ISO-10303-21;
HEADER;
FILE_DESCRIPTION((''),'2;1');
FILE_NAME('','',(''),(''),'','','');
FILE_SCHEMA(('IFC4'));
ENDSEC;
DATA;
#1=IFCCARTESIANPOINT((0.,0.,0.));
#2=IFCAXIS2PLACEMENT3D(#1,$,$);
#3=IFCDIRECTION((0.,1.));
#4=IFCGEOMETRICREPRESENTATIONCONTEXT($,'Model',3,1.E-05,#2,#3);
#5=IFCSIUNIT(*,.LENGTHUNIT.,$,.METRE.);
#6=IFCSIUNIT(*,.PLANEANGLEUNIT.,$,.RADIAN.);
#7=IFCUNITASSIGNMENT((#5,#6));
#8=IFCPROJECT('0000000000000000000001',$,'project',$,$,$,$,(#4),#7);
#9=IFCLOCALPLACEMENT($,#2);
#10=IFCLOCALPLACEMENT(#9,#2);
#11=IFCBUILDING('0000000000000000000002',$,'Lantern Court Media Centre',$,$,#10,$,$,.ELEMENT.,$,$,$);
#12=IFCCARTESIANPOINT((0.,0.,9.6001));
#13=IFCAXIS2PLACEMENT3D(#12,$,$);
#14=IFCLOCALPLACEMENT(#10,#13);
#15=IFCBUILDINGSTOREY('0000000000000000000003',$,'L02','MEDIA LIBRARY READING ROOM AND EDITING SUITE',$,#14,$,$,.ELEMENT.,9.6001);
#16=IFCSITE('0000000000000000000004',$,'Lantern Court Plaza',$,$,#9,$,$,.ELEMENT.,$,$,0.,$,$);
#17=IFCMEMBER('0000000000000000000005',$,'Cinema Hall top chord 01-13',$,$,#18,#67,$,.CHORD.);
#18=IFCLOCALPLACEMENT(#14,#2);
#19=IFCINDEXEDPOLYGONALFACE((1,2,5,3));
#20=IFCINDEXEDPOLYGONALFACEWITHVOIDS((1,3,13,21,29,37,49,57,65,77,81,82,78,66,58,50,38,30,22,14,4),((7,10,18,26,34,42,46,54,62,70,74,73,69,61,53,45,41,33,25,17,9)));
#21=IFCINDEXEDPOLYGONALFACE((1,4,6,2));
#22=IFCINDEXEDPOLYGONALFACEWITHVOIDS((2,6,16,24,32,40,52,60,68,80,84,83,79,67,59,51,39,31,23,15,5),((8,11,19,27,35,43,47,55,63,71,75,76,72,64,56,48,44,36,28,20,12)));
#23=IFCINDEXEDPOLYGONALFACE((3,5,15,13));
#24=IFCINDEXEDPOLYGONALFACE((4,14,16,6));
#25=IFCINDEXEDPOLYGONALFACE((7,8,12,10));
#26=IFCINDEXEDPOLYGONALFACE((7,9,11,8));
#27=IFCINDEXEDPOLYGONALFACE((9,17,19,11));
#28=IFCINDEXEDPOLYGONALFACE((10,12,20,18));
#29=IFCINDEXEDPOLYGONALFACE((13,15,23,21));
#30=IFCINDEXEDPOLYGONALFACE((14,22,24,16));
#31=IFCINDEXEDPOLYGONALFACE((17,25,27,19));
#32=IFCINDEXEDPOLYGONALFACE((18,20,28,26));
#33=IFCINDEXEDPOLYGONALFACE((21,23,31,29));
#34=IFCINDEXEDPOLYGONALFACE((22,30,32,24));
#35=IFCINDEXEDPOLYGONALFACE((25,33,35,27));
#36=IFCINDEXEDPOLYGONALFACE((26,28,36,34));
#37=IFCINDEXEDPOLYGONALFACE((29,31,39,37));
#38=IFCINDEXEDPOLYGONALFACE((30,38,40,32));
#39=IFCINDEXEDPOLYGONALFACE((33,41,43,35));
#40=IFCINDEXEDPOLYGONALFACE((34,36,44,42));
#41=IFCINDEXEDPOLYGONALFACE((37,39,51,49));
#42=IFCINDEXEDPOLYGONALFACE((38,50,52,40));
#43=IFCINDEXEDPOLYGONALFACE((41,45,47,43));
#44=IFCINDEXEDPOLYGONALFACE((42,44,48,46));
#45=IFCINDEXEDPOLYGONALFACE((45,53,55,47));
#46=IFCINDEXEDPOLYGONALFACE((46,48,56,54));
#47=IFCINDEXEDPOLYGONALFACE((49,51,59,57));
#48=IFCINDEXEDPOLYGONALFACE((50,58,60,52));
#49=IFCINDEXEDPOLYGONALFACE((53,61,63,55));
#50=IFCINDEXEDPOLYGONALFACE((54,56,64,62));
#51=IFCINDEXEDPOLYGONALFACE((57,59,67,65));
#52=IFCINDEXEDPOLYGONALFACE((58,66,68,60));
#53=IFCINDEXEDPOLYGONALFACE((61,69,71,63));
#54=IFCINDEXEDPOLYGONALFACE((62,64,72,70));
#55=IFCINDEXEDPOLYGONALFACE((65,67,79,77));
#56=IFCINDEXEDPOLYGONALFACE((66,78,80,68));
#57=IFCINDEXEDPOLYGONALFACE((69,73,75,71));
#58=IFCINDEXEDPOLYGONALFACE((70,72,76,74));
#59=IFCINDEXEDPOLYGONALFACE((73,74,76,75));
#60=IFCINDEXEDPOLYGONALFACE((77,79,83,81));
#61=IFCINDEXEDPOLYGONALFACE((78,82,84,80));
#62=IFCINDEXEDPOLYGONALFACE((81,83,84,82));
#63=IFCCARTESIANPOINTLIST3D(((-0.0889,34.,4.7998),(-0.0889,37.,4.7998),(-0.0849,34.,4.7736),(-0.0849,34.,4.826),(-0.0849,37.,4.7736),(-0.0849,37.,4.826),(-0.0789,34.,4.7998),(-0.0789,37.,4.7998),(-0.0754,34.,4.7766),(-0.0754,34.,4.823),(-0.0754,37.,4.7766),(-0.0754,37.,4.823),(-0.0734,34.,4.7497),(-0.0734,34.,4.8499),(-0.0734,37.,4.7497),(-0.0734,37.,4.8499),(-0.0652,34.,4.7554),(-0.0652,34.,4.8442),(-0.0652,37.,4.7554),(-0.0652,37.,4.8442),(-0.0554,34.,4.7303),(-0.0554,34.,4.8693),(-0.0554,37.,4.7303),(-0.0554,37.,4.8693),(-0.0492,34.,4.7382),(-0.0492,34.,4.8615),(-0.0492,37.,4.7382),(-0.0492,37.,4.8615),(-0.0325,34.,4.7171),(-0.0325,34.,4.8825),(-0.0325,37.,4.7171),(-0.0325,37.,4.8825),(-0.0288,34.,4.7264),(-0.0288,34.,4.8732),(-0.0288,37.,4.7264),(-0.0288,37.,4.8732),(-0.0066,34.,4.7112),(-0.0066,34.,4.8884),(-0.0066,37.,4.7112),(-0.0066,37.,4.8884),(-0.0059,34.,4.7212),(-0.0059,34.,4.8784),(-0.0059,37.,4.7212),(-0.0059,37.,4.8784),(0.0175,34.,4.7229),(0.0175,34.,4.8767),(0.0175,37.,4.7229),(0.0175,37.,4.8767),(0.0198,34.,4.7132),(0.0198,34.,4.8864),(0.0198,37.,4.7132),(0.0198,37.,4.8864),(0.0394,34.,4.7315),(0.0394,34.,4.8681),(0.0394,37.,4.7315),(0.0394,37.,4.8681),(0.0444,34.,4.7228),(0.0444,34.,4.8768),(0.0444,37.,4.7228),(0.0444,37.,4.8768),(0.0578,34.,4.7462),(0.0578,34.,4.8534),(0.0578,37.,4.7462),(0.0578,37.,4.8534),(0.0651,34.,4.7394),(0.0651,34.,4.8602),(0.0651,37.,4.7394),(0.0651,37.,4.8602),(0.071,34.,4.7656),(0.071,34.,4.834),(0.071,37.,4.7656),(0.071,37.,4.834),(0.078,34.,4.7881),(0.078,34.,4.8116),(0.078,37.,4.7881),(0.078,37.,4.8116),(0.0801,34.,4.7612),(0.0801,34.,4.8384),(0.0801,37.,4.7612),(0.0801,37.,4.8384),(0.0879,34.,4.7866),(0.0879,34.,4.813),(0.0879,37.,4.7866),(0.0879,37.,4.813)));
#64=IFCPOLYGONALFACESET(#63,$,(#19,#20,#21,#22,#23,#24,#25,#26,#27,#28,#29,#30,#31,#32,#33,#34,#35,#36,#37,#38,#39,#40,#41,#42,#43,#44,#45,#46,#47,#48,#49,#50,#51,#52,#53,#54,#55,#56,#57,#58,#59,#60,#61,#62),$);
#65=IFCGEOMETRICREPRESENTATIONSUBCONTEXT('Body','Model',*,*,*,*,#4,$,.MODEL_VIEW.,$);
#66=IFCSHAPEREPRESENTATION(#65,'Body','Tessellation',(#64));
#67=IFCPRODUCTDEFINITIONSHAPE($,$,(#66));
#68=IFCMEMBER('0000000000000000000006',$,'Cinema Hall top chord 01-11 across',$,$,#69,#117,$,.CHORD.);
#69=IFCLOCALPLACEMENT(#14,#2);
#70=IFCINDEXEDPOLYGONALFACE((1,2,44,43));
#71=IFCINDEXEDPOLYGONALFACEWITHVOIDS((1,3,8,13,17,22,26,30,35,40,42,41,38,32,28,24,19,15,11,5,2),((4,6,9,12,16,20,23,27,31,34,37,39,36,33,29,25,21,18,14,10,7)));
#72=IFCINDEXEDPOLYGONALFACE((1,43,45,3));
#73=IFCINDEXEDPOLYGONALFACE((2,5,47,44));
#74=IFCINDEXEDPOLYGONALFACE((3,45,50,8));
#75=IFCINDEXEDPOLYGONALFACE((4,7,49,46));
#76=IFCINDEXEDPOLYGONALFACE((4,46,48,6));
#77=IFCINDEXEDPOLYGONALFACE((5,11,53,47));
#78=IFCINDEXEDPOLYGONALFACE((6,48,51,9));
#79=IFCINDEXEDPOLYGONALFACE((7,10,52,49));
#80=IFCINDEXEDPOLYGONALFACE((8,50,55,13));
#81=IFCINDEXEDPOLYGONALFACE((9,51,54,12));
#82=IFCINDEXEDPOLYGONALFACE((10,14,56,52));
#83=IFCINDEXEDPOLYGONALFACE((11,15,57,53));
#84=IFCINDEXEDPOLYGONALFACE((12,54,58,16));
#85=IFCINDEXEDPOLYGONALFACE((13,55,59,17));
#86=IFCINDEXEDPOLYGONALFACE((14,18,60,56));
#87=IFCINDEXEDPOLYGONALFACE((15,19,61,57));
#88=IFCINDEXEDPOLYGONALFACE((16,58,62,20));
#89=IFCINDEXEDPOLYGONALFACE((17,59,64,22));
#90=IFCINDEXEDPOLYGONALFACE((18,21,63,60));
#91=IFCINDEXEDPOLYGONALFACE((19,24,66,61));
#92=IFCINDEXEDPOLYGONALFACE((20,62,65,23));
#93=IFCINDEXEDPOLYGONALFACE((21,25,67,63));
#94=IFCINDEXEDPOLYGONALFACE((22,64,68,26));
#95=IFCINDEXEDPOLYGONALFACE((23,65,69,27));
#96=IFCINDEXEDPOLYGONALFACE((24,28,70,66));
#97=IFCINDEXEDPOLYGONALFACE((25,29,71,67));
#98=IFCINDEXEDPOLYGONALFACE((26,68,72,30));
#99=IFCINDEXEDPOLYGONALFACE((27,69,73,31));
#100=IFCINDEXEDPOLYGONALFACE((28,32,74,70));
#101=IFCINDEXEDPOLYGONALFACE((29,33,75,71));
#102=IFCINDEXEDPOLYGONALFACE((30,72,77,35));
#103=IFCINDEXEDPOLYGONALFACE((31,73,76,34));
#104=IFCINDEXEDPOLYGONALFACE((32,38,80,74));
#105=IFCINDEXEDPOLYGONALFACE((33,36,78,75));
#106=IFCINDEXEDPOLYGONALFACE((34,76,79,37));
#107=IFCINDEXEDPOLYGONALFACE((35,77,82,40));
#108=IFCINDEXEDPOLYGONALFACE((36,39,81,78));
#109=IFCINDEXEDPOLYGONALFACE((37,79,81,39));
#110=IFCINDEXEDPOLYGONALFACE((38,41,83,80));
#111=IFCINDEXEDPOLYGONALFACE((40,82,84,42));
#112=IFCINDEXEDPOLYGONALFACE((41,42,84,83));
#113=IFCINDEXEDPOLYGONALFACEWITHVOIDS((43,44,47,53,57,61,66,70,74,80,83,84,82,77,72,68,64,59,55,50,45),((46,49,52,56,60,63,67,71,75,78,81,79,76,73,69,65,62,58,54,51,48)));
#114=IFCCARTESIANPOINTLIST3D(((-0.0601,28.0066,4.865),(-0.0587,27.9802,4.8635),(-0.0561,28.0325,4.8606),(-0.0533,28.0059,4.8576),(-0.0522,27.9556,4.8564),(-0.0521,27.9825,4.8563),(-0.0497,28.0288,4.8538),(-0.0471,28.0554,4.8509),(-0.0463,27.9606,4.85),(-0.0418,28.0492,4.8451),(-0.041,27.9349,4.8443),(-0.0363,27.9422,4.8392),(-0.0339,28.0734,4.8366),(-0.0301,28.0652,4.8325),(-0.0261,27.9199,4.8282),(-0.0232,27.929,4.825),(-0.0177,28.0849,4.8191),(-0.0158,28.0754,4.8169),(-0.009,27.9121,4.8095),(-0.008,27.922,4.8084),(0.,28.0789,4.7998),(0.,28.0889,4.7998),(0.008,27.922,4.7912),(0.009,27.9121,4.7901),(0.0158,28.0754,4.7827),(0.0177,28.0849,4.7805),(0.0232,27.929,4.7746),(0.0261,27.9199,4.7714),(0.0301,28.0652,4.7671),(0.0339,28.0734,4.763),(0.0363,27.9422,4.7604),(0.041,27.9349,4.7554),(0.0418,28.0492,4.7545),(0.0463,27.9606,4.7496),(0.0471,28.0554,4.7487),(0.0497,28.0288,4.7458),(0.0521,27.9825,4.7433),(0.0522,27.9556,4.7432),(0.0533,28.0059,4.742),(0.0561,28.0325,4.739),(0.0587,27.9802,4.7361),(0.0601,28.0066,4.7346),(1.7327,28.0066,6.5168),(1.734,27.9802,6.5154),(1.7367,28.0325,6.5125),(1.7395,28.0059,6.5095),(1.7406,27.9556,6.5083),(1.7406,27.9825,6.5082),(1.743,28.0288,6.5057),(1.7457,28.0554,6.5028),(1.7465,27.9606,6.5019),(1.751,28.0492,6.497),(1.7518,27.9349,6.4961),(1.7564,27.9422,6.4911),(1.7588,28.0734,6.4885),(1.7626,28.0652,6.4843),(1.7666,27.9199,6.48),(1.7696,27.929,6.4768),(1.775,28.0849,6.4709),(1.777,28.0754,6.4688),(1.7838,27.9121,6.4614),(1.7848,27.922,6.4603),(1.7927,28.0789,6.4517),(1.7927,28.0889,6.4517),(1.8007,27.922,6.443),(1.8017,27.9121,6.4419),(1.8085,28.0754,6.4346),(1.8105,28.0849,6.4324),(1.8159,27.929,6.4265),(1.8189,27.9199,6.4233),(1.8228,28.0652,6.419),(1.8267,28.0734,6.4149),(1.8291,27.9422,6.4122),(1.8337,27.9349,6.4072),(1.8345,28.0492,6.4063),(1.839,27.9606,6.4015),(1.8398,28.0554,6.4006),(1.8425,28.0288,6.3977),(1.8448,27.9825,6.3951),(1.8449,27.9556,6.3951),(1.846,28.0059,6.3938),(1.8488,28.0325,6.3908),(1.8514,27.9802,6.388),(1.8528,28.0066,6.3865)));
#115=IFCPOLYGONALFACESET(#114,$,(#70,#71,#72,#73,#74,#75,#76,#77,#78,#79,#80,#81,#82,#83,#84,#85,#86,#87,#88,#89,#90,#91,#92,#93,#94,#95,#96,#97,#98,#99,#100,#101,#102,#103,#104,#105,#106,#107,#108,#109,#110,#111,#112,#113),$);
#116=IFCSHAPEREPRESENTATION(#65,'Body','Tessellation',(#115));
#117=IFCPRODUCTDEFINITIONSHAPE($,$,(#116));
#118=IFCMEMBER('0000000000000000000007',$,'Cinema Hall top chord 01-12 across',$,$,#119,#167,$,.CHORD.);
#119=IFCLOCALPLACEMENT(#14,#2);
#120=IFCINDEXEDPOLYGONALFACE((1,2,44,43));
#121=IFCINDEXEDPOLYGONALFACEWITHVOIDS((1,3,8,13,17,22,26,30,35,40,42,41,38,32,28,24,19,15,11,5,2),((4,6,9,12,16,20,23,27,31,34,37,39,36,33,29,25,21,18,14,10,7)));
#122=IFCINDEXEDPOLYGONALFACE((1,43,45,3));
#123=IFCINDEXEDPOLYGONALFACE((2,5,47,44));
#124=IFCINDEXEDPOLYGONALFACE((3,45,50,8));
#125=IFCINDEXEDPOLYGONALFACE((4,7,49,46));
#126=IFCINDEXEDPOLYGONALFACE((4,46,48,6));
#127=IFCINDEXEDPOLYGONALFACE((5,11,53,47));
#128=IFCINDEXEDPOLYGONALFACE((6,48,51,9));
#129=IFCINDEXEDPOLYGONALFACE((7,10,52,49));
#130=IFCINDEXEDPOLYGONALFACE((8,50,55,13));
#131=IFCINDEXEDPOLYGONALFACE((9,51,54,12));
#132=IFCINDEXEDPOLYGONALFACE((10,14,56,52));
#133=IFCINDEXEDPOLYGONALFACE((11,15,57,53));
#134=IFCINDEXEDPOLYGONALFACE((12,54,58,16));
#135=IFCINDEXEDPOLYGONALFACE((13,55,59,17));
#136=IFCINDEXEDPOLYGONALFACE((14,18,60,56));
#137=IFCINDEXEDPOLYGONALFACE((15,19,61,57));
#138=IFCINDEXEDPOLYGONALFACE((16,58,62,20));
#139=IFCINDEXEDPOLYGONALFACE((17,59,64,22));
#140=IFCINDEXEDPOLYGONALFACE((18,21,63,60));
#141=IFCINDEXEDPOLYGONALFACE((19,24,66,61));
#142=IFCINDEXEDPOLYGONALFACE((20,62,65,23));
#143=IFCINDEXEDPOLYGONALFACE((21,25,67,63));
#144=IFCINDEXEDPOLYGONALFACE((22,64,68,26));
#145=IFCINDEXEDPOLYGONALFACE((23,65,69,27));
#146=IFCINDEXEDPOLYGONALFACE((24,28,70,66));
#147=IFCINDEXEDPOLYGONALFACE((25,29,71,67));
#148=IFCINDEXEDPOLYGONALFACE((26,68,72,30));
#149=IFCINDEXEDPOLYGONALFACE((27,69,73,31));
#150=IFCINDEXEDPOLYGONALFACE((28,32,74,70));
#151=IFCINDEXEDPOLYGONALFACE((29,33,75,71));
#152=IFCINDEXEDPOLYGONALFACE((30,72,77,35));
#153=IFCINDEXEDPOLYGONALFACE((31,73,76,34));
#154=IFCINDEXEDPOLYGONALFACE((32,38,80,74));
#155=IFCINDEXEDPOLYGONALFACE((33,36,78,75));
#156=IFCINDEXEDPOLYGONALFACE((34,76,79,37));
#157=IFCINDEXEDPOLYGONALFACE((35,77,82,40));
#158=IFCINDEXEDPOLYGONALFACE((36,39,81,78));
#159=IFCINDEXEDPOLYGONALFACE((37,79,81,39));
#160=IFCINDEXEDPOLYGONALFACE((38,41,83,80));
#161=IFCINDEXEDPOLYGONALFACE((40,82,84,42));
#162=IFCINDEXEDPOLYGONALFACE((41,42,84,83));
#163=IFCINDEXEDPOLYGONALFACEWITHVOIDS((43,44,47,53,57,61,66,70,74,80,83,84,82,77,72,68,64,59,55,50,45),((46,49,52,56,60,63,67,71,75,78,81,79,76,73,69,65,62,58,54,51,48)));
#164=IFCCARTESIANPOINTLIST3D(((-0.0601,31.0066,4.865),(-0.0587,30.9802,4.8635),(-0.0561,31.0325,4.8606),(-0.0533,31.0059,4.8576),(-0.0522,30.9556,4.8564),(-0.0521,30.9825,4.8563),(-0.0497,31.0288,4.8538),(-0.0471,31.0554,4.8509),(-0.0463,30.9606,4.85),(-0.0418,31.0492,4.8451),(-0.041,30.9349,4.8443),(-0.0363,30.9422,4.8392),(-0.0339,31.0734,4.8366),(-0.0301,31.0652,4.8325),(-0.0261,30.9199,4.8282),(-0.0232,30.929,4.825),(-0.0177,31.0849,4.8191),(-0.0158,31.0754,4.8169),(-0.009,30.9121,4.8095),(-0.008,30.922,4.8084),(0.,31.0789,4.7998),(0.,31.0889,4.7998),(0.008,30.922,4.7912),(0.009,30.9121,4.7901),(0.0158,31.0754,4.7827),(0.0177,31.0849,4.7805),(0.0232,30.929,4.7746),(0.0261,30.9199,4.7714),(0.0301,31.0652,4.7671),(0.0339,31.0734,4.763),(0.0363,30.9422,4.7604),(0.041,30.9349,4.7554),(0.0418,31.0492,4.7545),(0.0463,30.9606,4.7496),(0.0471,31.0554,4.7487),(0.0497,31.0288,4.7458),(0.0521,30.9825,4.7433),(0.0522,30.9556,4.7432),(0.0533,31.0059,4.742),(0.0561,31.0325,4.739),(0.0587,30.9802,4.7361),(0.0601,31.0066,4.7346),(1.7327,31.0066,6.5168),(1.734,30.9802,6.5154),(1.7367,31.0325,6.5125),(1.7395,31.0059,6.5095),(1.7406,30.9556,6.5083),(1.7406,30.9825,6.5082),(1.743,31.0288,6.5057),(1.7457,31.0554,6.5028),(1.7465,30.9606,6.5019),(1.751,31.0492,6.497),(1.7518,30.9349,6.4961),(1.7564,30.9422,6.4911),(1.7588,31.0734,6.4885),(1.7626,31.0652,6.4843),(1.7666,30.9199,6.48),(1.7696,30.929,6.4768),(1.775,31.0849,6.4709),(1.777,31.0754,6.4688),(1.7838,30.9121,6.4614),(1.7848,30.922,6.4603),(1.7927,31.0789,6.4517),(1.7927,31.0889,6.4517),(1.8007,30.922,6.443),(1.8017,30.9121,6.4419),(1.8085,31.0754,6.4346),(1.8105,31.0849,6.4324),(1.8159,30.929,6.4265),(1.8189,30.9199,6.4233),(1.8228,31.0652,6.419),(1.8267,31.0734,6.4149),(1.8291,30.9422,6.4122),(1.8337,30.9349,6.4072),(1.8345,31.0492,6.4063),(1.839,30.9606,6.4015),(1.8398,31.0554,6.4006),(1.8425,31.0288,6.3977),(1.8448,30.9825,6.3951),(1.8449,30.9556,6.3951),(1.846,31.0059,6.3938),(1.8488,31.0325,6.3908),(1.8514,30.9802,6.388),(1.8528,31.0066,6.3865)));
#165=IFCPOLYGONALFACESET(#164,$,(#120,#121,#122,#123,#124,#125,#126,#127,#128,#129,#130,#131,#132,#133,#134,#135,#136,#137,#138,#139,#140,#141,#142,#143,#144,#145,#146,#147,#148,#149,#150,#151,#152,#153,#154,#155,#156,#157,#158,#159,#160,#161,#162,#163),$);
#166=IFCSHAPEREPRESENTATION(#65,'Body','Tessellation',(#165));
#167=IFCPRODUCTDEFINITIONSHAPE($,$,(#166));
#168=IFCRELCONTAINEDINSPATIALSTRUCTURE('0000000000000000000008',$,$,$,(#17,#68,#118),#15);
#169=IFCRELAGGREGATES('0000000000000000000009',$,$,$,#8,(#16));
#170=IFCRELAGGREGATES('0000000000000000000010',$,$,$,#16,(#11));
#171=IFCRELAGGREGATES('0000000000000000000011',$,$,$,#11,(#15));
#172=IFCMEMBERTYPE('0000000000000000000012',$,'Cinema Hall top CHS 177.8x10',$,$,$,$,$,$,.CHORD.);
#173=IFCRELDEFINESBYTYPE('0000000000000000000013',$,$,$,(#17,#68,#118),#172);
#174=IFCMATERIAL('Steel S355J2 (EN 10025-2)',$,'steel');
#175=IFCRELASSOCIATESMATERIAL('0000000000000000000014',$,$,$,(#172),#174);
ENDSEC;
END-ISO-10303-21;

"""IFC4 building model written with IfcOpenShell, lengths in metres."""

from ifc_helpers import new_model, si_unit, direction, frame, origin, origin_2d, place, context, subcontext, project, spatial, hollow_circle, extrude, material, material_profile, profile_set, type_object, element, save


model = new_model("IFC4")

# Units and contexts
model_context = context("Model", 3, precision=1e-05, world=origin(), true_north=direction((0.0, 1.0)))
body_context = subcontext(model_context, "Body", "Model", "MODEL_VIEW")
ifc_project = project(units=[si_unit("LENGTHUNIT", "METRE"), si_unit("PLANEANGLEUNIT", "RADIAN")], contexts=[model_context])

# Site, building, storey
site_placement = place(None, origin())
site = spatial("IfcSite", under=ifc_project, at=site_placement, Name="Lantern Court Plaza", CompositionType="ELEMENT", RefElevation=0.0)
building_placement = place(site_placement, origin())
building = spatial("IfcBuilding", under=site, at=building_placement, Name="Lantern Court Media Centre", CompositionType="ELEMENT")
storey_placement = place(building_placement, frame((0.0, 0.0, 9.6001)))
storey = spatial("IfcBuildingStorey", under=building, at=storey_placement, Name="L02", Description="MEDIA LIBRARY READING ROOM AND EDITING SUITE", CompositionType="ELEMENT", Elevation=9.6001)

# Shared definitions
ifc_material = material(Name="Steel S355J2 (EN 10025-2)", Category="steel")

# Members
ifc_material_profile_1 = material_profile(ifc_material, hollow_circle(Radius=0.0889, WallThickness=0.01, at=origin_2d()), Name="Cinema Hall top CHS 177.8x10")
ifc_profile_set_1 = profile_set([ifc_material_profile_1], Name="Steel S355J2 (EN 10025-2)")
member_type_1 = type_object("IfcMemberType", Name="Cinema Hall top CHS 177.8x10", PredefinedType="CHORD", material=ifc_profile_set_1)
for number, where, z_axis, x_axis, name in (
    (1, (0.0, 34.0, 4.7998), (0.0, 1.0, 0.0), (-1.0, 0.0, 0.0), "Cinema Hall top chord 01-13"),
):
    element("IfcMember", number, at=place(storey_placement, frame(where, z_axis=z_axis, x_axis=x_axis)), inside=storey, type_object=member_type_1, Name=name, PredefinedType="CHORD", context=body_context, shape_type="SweptSolid", body=[
        extrude(hollow_circle(Radius=0.0889, WallThickness=0.01, at=origin_2d()), origin(), (0.0, 0.0, 1.0), 3.0),
    ])
for number, where, z_axis, x_axis, name in (
    (2, (0.0, 28.0, 4.7998), (0.73541, 0.0, 0.677623), (0.0, 1.0, 0.0), "Cinema Hall top chord 01-11 across"),
    (3, (0.0, 31.0, 4.7998), (0.73541, 0.0, 0.677623), (0.0, 1.0, 0.0), "Cinema Hall top chord 01-12 across"),
):
    element("IfcMember", number, at=place(storey_placement, frame(where, z_axis=z_axis, x_axis=x_axis)), inside=storey, type_object=member_type_1, Name=name, PredefinedType="CHORD", context=body_context, shape_type="SweptSolid", body=[
        extrude(hollow_circle(Radius=0.0889, WallThickness=0.01, at=origin_2d()), origin(), (0.0, 0.0, 1.0), 2.4377),
    ])

save(model, "model.ifc")
